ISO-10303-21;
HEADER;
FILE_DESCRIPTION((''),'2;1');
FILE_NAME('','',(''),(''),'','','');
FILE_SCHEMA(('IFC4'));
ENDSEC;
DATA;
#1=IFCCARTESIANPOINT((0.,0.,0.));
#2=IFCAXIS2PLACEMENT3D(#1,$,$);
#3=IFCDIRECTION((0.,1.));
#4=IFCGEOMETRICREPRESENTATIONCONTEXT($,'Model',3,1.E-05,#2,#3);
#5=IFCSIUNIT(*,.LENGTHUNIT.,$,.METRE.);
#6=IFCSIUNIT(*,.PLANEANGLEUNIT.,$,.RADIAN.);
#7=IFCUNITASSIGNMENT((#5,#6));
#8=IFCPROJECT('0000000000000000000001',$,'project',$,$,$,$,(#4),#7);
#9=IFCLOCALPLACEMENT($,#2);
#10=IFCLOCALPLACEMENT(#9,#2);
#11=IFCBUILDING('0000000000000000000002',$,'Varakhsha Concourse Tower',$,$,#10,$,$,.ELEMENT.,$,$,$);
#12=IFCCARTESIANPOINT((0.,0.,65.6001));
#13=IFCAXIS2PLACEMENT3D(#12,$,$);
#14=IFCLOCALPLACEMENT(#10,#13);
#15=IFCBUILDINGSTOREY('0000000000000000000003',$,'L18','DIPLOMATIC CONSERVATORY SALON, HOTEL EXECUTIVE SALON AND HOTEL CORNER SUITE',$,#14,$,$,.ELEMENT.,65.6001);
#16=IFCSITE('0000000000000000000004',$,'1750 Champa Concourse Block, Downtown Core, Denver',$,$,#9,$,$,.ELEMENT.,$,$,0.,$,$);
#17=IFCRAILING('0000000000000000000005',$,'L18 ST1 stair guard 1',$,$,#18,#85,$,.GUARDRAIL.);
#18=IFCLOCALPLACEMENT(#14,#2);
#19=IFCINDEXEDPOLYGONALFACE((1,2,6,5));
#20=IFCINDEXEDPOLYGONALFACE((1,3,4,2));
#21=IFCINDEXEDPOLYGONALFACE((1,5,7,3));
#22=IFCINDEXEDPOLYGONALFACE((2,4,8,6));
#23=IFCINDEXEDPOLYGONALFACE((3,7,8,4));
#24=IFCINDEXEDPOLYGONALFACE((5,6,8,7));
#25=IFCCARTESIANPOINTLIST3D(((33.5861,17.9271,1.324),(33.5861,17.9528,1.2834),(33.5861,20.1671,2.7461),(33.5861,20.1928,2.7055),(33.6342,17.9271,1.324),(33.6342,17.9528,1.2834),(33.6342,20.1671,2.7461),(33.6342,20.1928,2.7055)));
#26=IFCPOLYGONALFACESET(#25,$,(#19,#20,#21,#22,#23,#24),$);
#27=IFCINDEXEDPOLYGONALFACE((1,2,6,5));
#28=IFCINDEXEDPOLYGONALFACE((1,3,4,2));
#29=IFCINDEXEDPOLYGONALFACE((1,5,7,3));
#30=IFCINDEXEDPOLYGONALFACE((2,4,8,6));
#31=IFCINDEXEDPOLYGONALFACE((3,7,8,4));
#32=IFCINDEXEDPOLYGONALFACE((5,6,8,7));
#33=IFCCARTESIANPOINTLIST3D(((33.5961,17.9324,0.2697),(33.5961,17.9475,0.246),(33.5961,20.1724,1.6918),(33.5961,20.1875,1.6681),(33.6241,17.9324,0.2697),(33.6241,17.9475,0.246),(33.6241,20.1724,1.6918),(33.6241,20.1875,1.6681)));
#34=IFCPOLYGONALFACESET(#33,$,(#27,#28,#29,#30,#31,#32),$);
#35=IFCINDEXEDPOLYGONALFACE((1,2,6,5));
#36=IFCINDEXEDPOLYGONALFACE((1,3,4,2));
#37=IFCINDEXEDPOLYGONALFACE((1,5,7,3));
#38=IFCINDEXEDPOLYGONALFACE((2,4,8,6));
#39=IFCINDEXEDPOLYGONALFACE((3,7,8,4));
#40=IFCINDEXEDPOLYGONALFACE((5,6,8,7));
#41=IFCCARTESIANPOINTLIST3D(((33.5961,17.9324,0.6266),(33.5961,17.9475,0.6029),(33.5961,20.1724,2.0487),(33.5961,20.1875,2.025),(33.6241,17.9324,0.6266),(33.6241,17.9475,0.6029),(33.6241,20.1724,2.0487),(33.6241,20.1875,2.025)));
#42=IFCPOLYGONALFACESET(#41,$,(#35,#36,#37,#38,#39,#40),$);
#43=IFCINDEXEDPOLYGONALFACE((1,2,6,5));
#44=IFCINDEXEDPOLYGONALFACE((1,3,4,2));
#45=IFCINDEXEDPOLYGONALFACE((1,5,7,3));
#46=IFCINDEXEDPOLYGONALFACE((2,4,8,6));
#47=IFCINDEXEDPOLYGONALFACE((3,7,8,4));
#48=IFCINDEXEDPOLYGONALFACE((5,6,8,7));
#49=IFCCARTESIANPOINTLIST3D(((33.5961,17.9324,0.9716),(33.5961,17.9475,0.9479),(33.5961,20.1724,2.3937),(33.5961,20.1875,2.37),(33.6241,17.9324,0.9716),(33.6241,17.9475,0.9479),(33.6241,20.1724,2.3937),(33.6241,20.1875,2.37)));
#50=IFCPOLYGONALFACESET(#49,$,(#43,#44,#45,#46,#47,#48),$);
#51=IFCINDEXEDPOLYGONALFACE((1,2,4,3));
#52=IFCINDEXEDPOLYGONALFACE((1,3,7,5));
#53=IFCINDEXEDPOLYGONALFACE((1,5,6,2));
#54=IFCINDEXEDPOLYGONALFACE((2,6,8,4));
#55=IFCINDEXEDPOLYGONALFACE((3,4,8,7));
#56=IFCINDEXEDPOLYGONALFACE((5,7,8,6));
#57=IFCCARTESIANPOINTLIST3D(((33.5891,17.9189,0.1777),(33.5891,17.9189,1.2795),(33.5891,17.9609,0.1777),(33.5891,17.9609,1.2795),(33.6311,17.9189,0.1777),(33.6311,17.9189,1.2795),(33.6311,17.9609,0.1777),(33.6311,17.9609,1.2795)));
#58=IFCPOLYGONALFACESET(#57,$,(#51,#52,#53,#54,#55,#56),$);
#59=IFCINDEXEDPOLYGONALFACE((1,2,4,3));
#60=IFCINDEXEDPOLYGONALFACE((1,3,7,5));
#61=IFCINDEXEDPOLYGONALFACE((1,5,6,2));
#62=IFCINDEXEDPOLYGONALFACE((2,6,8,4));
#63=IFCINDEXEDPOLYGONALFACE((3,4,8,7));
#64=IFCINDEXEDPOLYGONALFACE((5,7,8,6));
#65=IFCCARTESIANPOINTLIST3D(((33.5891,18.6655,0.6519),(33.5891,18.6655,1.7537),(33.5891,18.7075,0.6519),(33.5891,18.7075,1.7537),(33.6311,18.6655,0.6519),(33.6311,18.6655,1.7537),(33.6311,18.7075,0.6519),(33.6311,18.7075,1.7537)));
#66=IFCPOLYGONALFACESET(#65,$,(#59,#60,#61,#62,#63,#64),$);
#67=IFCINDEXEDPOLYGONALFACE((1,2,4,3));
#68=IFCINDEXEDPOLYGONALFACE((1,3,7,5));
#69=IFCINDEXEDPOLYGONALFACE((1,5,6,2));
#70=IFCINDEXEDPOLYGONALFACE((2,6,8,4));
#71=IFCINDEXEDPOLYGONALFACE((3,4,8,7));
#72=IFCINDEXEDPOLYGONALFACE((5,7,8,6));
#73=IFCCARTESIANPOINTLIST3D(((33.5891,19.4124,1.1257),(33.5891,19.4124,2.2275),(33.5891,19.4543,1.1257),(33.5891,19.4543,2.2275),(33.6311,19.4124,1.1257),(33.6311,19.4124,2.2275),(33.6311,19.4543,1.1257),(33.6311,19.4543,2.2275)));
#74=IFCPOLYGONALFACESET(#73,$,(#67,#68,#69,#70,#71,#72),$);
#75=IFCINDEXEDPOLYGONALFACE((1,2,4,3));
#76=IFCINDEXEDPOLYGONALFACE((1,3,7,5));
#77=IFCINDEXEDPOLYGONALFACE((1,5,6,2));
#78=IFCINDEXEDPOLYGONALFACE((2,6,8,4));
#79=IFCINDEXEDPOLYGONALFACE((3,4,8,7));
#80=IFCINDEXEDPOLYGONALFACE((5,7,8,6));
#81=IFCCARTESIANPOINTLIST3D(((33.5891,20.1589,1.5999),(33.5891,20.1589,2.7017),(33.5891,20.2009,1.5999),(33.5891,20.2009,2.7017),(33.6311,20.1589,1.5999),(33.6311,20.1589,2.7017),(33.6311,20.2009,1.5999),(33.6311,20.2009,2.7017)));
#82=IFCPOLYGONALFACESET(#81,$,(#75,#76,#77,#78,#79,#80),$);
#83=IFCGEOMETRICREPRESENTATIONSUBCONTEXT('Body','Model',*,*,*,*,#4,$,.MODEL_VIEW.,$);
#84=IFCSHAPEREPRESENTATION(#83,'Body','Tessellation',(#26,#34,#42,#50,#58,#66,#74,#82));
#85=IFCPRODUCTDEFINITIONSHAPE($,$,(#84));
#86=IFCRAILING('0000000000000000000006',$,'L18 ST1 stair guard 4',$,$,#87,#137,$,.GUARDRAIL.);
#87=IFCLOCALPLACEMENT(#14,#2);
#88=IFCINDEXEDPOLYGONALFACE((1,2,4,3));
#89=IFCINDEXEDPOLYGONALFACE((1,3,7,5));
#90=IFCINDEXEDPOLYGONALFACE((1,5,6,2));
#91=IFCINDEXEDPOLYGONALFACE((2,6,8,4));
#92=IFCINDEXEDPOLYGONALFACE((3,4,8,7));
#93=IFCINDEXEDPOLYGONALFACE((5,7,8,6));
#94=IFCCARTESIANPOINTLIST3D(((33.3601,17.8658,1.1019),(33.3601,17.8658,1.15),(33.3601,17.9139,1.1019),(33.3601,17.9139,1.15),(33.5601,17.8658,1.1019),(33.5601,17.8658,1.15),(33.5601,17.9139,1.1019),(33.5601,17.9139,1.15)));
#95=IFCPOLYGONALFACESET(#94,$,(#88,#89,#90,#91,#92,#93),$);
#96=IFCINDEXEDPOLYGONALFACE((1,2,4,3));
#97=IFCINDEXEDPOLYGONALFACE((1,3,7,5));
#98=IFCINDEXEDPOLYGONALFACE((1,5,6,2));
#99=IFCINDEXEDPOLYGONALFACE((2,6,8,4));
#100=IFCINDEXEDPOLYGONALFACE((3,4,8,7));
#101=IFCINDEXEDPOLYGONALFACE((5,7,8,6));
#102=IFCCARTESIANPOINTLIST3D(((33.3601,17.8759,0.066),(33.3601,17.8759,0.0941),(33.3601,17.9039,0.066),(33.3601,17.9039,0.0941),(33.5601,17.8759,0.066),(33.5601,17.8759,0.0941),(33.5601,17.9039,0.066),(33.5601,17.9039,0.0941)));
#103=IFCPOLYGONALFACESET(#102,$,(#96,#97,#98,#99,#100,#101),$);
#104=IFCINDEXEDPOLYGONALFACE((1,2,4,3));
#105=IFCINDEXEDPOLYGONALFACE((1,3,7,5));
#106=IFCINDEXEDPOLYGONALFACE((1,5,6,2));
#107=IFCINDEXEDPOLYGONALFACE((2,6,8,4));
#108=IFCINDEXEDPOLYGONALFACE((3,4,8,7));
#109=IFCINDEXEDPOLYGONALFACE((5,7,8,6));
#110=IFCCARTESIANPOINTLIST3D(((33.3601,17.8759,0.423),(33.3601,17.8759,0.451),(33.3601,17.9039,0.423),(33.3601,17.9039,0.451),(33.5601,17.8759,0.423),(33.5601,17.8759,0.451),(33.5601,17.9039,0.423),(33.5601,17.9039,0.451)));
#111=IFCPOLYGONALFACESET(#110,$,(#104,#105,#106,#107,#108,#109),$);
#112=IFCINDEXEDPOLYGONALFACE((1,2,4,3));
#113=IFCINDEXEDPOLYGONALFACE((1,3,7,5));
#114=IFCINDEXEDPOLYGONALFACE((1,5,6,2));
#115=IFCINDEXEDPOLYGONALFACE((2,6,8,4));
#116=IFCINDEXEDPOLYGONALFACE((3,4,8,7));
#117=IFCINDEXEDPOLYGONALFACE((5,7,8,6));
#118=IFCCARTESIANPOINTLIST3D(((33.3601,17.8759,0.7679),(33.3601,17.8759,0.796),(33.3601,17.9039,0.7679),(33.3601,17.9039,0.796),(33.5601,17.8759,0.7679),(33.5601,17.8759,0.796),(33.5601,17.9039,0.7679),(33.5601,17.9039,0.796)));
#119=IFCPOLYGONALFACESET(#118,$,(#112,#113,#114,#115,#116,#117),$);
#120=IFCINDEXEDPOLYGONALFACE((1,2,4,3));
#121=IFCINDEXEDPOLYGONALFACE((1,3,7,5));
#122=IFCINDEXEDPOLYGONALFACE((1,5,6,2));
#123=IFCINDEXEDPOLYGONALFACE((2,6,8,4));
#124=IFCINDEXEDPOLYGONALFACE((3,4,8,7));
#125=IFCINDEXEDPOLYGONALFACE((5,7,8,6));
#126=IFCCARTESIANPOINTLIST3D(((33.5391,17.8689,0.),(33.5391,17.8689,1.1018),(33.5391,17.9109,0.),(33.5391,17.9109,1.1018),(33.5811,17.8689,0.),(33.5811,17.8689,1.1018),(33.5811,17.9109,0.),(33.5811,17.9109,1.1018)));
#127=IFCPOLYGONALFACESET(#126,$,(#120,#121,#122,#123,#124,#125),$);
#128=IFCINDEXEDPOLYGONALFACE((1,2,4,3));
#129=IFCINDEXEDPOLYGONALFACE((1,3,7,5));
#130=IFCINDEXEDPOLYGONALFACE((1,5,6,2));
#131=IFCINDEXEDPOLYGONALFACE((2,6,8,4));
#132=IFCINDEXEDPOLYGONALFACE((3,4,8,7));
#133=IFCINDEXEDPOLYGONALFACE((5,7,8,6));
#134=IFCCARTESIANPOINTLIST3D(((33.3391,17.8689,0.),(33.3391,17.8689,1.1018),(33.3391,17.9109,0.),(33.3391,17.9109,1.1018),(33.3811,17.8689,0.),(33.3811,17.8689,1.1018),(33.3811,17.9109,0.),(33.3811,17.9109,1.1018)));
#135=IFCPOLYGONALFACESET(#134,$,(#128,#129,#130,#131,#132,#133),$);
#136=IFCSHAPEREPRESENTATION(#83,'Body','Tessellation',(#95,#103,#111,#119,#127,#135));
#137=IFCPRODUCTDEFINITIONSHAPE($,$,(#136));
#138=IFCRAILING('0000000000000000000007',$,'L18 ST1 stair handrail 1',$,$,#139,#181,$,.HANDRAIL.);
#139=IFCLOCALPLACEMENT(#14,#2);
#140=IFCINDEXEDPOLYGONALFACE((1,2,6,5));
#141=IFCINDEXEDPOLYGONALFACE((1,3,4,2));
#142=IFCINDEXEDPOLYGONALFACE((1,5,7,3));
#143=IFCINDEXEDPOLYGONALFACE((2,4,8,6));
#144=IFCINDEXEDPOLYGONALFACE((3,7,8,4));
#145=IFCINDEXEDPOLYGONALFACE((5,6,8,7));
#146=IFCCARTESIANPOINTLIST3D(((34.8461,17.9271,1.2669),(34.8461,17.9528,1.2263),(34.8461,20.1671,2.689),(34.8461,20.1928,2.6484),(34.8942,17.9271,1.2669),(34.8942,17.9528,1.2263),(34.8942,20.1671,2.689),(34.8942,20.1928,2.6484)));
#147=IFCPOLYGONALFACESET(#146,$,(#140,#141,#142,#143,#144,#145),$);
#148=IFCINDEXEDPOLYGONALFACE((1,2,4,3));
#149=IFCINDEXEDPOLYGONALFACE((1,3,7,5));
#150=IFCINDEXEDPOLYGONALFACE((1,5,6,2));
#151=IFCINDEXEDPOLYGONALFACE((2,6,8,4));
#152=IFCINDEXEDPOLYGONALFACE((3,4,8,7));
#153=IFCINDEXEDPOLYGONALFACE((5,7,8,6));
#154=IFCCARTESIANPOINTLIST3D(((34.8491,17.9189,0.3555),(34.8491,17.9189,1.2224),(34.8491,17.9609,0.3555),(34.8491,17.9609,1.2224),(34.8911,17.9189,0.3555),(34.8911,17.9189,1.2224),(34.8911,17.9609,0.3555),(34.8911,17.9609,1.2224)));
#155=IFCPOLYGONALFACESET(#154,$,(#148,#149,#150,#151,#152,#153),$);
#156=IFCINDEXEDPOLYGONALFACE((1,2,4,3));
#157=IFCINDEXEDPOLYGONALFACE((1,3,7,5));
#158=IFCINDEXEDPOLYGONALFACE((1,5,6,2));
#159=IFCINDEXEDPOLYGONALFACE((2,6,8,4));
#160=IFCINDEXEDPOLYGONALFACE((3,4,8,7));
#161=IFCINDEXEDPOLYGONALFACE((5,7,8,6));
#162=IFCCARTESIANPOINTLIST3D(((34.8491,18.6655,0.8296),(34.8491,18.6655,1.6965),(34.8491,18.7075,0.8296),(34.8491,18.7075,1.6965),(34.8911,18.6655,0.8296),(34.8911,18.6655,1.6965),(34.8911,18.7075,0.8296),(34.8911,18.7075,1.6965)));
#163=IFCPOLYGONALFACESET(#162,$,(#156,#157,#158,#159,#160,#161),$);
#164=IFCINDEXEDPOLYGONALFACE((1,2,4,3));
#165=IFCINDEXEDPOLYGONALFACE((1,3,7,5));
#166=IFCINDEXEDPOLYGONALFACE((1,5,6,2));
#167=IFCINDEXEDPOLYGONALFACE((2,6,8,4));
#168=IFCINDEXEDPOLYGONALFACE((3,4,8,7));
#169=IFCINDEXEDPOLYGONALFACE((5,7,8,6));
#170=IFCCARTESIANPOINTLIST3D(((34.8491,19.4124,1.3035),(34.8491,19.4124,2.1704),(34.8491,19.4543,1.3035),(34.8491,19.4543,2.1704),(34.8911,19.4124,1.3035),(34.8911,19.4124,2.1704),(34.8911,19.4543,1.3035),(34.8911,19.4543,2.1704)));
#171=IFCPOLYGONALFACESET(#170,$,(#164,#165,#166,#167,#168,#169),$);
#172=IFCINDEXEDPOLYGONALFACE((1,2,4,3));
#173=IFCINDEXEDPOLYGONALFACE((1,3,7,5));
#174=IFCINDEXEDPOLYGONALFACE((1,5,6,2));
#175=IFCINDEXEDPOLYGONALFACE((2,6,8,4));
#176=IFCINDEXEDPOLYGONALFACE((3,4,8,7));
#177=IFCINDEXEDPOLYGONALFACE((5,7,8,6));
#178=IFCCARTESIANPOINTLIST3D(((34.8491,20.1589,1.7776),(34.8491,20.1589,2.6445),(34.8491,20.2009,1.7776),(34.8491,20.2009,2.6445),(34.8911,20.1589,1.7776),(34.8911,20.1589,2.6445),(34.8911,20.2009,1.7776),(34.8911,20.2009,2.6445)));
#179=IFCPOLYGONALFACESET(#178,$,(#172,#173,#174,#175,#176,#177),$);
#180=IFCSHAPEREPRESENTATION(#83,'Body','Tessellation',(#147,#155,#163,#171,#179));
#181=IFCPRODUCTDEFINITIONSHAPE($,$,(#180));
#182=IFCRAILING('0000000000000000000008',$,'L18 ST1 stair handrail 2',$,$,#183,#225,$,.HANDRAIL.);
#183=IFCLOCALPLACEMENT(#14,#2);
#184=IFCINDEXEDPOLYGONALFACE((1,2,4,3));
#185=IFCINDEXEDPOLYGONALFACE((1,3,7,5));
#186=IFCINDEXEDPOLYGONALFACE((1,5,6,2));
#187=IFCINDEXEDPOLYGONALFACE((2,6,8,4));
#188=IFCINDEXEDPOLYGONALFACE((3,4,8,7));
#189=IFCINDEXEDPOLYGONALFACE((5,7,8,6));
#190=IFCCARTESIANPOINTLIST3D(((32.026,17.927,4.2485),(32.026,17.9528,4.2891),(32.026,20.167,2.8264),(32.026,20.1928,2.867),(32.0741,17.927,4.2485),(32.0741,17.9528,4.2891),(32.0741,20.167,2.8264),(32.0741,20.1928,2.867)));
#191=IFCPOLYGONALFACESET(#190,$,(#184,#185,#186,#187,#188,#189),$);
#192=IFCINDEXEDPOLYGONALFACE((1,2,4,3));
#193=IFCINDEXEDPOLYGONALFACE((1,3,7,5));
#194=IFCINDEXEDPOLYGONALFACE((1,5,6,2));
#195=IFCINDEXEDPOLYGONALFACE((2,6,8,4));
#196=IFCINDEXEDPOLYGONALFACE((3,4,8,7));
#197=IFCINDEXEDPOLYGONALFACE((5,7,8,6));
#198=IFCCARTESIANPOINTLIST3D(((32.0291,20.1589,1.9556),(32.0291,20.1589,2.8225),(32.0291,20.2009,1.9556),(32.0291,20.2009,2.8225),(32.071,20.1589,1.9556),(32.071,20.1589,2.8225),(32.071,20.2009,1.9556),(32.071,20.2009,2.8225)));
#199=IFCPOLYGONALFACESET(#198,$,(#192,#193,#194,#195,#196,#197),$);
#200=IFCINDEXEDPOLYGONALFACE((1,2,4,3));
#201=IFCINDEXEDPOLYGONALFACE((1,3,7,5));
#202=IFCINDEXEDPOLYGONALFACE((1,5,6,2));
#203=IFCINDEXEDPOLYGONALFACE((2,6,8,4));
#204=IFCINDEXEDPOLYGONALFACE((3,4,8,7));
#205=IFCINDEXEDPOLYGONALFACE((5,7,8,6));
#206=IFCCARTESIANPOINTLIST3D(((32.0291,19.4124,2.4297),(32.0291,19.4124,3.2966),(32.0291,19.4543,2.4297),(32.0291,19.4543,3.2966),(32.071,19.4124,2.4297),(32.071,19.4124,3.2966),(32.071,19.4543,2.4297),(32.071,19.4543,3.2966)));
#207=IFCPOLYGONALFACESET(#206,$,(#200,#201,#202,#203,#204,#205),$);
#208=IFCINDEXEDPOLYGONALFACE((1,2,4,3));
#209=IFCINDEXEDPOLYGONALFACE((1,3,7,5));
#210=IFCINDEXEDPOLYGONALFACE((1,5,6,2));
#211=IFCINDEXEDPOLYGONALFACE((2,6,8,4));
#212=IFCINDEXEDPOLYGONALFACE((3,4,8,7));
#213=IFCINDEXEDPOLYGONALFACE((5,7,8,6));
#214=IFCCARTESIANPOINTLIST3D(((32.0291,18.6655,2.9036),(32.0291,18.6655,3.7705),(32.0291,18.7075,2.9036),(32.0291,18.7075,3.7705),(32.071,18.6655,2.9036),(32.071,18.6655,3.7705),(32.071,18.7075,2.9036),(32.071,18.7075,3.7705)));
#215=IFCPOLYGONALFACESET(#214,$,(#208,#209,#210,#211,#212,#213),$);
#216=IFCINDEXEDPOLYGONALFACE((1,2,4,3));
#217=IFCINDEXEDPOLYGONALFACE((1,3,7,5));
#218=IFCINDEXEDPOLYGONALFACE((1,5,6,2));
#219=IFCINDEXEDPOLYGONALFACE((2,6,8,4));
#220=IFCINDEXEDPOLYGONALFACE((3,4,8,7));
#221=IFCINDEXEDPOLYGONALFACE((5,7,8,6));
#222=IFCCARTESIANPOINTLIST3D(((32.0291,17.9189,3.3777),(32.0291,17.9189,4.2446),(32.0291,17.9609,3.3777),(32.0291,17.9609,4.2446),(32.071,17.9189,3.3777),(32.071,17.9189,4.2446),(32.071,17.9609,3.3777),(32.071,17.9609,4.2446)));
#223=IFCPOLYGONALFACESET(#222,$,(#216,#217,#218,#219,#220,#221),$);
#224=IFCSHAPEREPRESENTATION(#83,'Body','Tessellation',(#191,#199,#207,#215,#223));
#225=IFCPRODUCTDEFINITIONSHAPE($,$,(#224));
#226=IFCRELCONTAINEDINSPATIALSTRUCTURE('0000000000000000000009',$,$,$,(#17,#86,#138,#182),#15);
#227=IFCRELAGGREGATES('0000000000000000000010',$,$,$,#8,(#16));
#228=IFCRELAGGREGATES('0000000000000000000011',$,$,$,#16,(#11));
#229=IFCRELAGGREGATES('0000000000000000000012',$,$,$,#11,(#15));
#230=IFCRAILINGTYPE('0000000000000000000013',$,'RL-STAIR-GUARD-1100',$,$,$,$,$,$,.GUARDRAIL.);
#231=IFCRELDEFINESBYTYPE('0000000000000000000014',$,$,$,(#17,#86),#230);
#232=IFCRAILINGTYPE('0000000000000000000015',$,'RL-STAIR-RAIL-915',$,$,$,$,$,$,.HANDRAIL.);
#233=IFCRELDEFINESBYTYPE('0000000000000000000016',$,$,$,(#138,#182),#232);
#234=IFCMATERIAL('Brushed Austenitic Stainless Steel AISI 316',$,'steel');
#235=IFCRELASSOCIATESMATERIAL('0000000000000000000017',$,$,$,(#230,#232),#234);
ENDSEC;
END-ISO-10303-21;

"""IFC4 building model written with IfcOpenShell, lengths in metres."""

from ifc_helpers import new_model, si_unit, direction, frame, origin, origin_2d, place, context, subcontext, project, spatial, rectangle, extrude, material, type_object, element, save


model = new_model("IFC4")

# Units and contexts
model_context = context("Model", 3, precision=1e-05, world=origin(), true_north=direction((0.0, 1.0)))
body_context = subcontext(model_context, "Body", "Model", "MODEL_VIEW")
ifc_project = project(units=[si_unit("LENGTHUNIT", "METRE"), si_unit("PLANEANGLEUNIT", "RADIAN")], contexts=[model_context])

# Site, building, storey
site_placement = place(None, origin())
site = spatial("IfcSite", under=ifc_project, at=site_placement, Name="1750 Champa Concourse Block, Downtown Core, Denver", CompositionType="ELEMENT", RefElevation=0.0)
building_placement = place(site_placement, origin())
building = spatial("IfcBuilding", under=site, at=building_placement, Name="Varakhsha Concourse Tower", CompositionType="ELEMENT")
storey_placement = place(building_placement, frame((0.0, 0.0, 65.6001)))
storey = spatial("IfcBuildingStorey", under=building, at=storey_placement, Name="L18", Description="DIPLOMATIC CONSERVATORY SALON, HOTEL EXECUTIVE SALON AND HOTEL CORNER SUITE", CompositionType="ELEMENT", Elevation=65.6001)

# Railings
ifc_material_1 = material(Name="Brushed Austenitic Stainless Steel AISI 316", Category="steel")
railing_type_1 = type_object("IfcRailingType", Name="RL-STAIR-GUARD-1100", PredefinedType="GUARDRAIL", material=ifc_material_1)
railing_1_placement = place(storey_placement, frame((33.6101, 17.9399, 0.1777)))
element("IfcRailing", 1, at=railing_1_placement, inside=storey, type_object=railing_type_1, Name="L18 ST1 stair guard 1", PredefinedType="GUARDRAIL", context=body_context, shape_type="SweptSolid", body=[
    extrude(rectangle(XDim=0.0481, YDim=0.0481, at=origin_2d()), frame((0.0, 0.0, 1.126), z_axis=(0.0, 0.844229, 0.535982), x_axis=(-1.0, 0.0, 0.0)), (0.0, 0.0, 1.0), 2.6533),
    extrude(rectangle(XDim=0.0281, YDim=0.0281, at=origin_2d()), frame((0.0, 0.0, 0.0801), z_axis=(0.0, 0.844229, 0.535982), x_axis=(-1.0, 0.0, 0.0)), (0.0, 0.0, 1.0), 2.6533),
    extrude(rectangle(XDim=0.0281, YDim=0.0281, at=origin_2d()), frame((0.0, 0.0, 0.437), z_axis=(0.0, 0.844229, 0.535982), x_axis=(-1.0, 0.0, 0.0)), (0.0, 0.0, 1.0), 2.6533),
    extrude(rectangle(XDim=0.0281, YDim=0.0281, at=origin_2d()), frame((0.0, 0.0, 0.782), z_axis=(0.0, 0.844229, 0.535982), x_axis=(-1.0, 0.0, 0.0)), (0.0, 0.0, 1.0), 2.6533),
    extrude(rectangle(XDim=0.042, YDim=0.042, at=origin_2d()), origin(), (0.0, 0.0, 1.0), 1.1018),
    extrude(rectangle(XDim=0.042, YDim=0.042, at=origin_2d()), frame((0.0, 0.7466, 0.4741)), (0.0, 0.0, 1.0), 1.1018),
    extrude(rectangle(XDim=0.042, YDim=0.042, at=origin_2d()), frame((0.0, 1.4934, 0.948)), (0.0, 0.0, 1.0), 1.1018),
    extrude(rectangle(XDim=0.042, YDim=0.042, at=origin_2d()), frame((0.0, 2.24, 1.4221)), (0.0, 0.0, 1.0), 1.1018),
])
railing_2_placement = place(storey_placement, frame((33.5601, 17.8899, 0.0)))
element("IfcRailing", 2, at=railing_2_placement, inside=storey, type_object=railing_type_1, Name="L18 ST1 stair guard 4", PredefinedType="GUARDRAIL", context=body_context, shape_type="SweptSolid", body=[
    extrude(rectangle(XDim=0.0481, YDim=0.0481, at=origin_2d()), frame((0.0, 0.0, 1.126), z_axis=(-1.0, 0.0, 0.0), x_axis=(0.0, -1.0, 0.0)), (0.0, 0.0, 1.0), 0.2),
    extrude(rectangle(XDim=0.0281, YDim=0.0281, at=origin_2d()), frame((0.0, 0.0, 0.0801), z_axis=(-1.0, 0.0, 0.0), x_axis=(0.0, -1.0, 0.0)), (0.0, 0.0, 1.0), 0.2),
    extrude(rectangle(XDim=0.0281, YDim=0.0281, at=origin_2d()), frame((0.0, 0.0, 0.437), z_axis=(-1.0, 0.0, 0.0), x_axis=(0.0, -1.0, 0.0)), (0.0, 0.0, 1.0), 0.2),
    extrude(rectangle(XDim=0.0281, YDim=0.0281, at=origin_2d()), frame((0.0, 0.0, 0.782), z_axis=(-1.0, 0.0, 0.0), x_axis=(0.0, -1.0, 0.0)), (0.0, 0.0, 1.0), 0.2),
    extrude(rectangle(XDim=0.042, YDim=0.042, at=origin_2d()), origin(), (0.0, 0.0, 1.0), 1.1018),
    extrude(rectangle(XDim=0.042, YDim=0.042, at=origin_2d()), frame((-0.2, 0.0, 0.0)), (0.0, 0.0, 1.0), 1.1018),
])
railing_type_2 = type_object("IfcRailingType", Name="RL-STAIR-RAIL-915", PredefinedType="HANDRAIL", material=ifc_material_1)
railing_3_placement = place(storey_placement, frame((34.8701, 17.9399, 0.3555)))
element("IfcRailing", 3, at=railing_3_placement, inside=storey, type_object=railing_type_2, Name="L18 ST1 stair handrail 1", PredefinedType="HANDRAIL", context=body_context, shape_type="SweptSolid", body=[
    extrude(rectangle(XDim=0.0481, YDim=0.0481, at=origin_2d()), frame((0.0, 0.0, 0.8911), z_axis=(0.0, 0.844229, 0.535982), x_axis=(-1.0, 0.0, 0.0)), (0.0, 0.0, 1.0), 2.6533),
    extrude(rectangle(XDim=0.042, YDim=0.042, at=origin_2d()), origin(), (0.0, 0.0, 1.0), 0.8669),
    extrude(rectangle(XDim=0.042, YDim=0.042, at=origin_2d()), frame((0.0, 0.7466, 0.4741)), (0.0, 0.0, 1.0), 0.8669),
    extrude(rectangle(XDim=0.042, YDim=0.042, at=origin_2d()), frame((0.0, 1.4934, 0.948)), (0.0, 0.0, 1.0), 0.8669),
    extrude(rectangle(XDim=0.042, YDim=0.042, at=origin_2d()), frame((0.0, 2.24, 1.4221)), (0.0, 0.0, 1.0), 0.8669),
])
railing_4_placement = place(storey_placement, frame((32.05, 20.1799, 1.9556)))
element("IfcRailing", 4, at=railing_4_placement, inside=storey, type_object=railing_type_2, Name="L18 ST1 stair handrail 2", PredefinedType="HANDRAIL", context=body_context, shape_type="SweptSolid", body=[
    extrude(rectangle(XDim=0.0481, YDim=0.0481, at=origin_2d()), frame((0.0, 0.0, 0.8911), z_axis=(0.0, -0.844229, 0.535982), x_axis=(1.0, 0.0, 0.0)), (0.0, 0.0, 1.0), 2.6533),
    extrude(rectangle(XDim=0.042, YDim=0.042, at=origin_2d()), origin(), (0.0, 0.0, 1.0), 0.8669),
    extrude(rectangle(XDim=0.042, YDim=0.042, at=origin_2d()), frame((0.0, -0.7466, 0.4741)), (0.0, 0.0, 1.0), 0.8669),
    extrude(rectangle(XDim=0.042, YDim=0.042, at=origin_2d()), frame((0.0, -1.4934, 0.948)), (0.0, 0.0, 1.0), 0.8669),
    extrude(rectangle(XDim=0.042, YDim=0.042, at=origin_2d()), frame((0.0, -2.24, 1.4221)), (0.0, 0.0, 1.0), 0.8669),
])

save(model, "model.ifc")
